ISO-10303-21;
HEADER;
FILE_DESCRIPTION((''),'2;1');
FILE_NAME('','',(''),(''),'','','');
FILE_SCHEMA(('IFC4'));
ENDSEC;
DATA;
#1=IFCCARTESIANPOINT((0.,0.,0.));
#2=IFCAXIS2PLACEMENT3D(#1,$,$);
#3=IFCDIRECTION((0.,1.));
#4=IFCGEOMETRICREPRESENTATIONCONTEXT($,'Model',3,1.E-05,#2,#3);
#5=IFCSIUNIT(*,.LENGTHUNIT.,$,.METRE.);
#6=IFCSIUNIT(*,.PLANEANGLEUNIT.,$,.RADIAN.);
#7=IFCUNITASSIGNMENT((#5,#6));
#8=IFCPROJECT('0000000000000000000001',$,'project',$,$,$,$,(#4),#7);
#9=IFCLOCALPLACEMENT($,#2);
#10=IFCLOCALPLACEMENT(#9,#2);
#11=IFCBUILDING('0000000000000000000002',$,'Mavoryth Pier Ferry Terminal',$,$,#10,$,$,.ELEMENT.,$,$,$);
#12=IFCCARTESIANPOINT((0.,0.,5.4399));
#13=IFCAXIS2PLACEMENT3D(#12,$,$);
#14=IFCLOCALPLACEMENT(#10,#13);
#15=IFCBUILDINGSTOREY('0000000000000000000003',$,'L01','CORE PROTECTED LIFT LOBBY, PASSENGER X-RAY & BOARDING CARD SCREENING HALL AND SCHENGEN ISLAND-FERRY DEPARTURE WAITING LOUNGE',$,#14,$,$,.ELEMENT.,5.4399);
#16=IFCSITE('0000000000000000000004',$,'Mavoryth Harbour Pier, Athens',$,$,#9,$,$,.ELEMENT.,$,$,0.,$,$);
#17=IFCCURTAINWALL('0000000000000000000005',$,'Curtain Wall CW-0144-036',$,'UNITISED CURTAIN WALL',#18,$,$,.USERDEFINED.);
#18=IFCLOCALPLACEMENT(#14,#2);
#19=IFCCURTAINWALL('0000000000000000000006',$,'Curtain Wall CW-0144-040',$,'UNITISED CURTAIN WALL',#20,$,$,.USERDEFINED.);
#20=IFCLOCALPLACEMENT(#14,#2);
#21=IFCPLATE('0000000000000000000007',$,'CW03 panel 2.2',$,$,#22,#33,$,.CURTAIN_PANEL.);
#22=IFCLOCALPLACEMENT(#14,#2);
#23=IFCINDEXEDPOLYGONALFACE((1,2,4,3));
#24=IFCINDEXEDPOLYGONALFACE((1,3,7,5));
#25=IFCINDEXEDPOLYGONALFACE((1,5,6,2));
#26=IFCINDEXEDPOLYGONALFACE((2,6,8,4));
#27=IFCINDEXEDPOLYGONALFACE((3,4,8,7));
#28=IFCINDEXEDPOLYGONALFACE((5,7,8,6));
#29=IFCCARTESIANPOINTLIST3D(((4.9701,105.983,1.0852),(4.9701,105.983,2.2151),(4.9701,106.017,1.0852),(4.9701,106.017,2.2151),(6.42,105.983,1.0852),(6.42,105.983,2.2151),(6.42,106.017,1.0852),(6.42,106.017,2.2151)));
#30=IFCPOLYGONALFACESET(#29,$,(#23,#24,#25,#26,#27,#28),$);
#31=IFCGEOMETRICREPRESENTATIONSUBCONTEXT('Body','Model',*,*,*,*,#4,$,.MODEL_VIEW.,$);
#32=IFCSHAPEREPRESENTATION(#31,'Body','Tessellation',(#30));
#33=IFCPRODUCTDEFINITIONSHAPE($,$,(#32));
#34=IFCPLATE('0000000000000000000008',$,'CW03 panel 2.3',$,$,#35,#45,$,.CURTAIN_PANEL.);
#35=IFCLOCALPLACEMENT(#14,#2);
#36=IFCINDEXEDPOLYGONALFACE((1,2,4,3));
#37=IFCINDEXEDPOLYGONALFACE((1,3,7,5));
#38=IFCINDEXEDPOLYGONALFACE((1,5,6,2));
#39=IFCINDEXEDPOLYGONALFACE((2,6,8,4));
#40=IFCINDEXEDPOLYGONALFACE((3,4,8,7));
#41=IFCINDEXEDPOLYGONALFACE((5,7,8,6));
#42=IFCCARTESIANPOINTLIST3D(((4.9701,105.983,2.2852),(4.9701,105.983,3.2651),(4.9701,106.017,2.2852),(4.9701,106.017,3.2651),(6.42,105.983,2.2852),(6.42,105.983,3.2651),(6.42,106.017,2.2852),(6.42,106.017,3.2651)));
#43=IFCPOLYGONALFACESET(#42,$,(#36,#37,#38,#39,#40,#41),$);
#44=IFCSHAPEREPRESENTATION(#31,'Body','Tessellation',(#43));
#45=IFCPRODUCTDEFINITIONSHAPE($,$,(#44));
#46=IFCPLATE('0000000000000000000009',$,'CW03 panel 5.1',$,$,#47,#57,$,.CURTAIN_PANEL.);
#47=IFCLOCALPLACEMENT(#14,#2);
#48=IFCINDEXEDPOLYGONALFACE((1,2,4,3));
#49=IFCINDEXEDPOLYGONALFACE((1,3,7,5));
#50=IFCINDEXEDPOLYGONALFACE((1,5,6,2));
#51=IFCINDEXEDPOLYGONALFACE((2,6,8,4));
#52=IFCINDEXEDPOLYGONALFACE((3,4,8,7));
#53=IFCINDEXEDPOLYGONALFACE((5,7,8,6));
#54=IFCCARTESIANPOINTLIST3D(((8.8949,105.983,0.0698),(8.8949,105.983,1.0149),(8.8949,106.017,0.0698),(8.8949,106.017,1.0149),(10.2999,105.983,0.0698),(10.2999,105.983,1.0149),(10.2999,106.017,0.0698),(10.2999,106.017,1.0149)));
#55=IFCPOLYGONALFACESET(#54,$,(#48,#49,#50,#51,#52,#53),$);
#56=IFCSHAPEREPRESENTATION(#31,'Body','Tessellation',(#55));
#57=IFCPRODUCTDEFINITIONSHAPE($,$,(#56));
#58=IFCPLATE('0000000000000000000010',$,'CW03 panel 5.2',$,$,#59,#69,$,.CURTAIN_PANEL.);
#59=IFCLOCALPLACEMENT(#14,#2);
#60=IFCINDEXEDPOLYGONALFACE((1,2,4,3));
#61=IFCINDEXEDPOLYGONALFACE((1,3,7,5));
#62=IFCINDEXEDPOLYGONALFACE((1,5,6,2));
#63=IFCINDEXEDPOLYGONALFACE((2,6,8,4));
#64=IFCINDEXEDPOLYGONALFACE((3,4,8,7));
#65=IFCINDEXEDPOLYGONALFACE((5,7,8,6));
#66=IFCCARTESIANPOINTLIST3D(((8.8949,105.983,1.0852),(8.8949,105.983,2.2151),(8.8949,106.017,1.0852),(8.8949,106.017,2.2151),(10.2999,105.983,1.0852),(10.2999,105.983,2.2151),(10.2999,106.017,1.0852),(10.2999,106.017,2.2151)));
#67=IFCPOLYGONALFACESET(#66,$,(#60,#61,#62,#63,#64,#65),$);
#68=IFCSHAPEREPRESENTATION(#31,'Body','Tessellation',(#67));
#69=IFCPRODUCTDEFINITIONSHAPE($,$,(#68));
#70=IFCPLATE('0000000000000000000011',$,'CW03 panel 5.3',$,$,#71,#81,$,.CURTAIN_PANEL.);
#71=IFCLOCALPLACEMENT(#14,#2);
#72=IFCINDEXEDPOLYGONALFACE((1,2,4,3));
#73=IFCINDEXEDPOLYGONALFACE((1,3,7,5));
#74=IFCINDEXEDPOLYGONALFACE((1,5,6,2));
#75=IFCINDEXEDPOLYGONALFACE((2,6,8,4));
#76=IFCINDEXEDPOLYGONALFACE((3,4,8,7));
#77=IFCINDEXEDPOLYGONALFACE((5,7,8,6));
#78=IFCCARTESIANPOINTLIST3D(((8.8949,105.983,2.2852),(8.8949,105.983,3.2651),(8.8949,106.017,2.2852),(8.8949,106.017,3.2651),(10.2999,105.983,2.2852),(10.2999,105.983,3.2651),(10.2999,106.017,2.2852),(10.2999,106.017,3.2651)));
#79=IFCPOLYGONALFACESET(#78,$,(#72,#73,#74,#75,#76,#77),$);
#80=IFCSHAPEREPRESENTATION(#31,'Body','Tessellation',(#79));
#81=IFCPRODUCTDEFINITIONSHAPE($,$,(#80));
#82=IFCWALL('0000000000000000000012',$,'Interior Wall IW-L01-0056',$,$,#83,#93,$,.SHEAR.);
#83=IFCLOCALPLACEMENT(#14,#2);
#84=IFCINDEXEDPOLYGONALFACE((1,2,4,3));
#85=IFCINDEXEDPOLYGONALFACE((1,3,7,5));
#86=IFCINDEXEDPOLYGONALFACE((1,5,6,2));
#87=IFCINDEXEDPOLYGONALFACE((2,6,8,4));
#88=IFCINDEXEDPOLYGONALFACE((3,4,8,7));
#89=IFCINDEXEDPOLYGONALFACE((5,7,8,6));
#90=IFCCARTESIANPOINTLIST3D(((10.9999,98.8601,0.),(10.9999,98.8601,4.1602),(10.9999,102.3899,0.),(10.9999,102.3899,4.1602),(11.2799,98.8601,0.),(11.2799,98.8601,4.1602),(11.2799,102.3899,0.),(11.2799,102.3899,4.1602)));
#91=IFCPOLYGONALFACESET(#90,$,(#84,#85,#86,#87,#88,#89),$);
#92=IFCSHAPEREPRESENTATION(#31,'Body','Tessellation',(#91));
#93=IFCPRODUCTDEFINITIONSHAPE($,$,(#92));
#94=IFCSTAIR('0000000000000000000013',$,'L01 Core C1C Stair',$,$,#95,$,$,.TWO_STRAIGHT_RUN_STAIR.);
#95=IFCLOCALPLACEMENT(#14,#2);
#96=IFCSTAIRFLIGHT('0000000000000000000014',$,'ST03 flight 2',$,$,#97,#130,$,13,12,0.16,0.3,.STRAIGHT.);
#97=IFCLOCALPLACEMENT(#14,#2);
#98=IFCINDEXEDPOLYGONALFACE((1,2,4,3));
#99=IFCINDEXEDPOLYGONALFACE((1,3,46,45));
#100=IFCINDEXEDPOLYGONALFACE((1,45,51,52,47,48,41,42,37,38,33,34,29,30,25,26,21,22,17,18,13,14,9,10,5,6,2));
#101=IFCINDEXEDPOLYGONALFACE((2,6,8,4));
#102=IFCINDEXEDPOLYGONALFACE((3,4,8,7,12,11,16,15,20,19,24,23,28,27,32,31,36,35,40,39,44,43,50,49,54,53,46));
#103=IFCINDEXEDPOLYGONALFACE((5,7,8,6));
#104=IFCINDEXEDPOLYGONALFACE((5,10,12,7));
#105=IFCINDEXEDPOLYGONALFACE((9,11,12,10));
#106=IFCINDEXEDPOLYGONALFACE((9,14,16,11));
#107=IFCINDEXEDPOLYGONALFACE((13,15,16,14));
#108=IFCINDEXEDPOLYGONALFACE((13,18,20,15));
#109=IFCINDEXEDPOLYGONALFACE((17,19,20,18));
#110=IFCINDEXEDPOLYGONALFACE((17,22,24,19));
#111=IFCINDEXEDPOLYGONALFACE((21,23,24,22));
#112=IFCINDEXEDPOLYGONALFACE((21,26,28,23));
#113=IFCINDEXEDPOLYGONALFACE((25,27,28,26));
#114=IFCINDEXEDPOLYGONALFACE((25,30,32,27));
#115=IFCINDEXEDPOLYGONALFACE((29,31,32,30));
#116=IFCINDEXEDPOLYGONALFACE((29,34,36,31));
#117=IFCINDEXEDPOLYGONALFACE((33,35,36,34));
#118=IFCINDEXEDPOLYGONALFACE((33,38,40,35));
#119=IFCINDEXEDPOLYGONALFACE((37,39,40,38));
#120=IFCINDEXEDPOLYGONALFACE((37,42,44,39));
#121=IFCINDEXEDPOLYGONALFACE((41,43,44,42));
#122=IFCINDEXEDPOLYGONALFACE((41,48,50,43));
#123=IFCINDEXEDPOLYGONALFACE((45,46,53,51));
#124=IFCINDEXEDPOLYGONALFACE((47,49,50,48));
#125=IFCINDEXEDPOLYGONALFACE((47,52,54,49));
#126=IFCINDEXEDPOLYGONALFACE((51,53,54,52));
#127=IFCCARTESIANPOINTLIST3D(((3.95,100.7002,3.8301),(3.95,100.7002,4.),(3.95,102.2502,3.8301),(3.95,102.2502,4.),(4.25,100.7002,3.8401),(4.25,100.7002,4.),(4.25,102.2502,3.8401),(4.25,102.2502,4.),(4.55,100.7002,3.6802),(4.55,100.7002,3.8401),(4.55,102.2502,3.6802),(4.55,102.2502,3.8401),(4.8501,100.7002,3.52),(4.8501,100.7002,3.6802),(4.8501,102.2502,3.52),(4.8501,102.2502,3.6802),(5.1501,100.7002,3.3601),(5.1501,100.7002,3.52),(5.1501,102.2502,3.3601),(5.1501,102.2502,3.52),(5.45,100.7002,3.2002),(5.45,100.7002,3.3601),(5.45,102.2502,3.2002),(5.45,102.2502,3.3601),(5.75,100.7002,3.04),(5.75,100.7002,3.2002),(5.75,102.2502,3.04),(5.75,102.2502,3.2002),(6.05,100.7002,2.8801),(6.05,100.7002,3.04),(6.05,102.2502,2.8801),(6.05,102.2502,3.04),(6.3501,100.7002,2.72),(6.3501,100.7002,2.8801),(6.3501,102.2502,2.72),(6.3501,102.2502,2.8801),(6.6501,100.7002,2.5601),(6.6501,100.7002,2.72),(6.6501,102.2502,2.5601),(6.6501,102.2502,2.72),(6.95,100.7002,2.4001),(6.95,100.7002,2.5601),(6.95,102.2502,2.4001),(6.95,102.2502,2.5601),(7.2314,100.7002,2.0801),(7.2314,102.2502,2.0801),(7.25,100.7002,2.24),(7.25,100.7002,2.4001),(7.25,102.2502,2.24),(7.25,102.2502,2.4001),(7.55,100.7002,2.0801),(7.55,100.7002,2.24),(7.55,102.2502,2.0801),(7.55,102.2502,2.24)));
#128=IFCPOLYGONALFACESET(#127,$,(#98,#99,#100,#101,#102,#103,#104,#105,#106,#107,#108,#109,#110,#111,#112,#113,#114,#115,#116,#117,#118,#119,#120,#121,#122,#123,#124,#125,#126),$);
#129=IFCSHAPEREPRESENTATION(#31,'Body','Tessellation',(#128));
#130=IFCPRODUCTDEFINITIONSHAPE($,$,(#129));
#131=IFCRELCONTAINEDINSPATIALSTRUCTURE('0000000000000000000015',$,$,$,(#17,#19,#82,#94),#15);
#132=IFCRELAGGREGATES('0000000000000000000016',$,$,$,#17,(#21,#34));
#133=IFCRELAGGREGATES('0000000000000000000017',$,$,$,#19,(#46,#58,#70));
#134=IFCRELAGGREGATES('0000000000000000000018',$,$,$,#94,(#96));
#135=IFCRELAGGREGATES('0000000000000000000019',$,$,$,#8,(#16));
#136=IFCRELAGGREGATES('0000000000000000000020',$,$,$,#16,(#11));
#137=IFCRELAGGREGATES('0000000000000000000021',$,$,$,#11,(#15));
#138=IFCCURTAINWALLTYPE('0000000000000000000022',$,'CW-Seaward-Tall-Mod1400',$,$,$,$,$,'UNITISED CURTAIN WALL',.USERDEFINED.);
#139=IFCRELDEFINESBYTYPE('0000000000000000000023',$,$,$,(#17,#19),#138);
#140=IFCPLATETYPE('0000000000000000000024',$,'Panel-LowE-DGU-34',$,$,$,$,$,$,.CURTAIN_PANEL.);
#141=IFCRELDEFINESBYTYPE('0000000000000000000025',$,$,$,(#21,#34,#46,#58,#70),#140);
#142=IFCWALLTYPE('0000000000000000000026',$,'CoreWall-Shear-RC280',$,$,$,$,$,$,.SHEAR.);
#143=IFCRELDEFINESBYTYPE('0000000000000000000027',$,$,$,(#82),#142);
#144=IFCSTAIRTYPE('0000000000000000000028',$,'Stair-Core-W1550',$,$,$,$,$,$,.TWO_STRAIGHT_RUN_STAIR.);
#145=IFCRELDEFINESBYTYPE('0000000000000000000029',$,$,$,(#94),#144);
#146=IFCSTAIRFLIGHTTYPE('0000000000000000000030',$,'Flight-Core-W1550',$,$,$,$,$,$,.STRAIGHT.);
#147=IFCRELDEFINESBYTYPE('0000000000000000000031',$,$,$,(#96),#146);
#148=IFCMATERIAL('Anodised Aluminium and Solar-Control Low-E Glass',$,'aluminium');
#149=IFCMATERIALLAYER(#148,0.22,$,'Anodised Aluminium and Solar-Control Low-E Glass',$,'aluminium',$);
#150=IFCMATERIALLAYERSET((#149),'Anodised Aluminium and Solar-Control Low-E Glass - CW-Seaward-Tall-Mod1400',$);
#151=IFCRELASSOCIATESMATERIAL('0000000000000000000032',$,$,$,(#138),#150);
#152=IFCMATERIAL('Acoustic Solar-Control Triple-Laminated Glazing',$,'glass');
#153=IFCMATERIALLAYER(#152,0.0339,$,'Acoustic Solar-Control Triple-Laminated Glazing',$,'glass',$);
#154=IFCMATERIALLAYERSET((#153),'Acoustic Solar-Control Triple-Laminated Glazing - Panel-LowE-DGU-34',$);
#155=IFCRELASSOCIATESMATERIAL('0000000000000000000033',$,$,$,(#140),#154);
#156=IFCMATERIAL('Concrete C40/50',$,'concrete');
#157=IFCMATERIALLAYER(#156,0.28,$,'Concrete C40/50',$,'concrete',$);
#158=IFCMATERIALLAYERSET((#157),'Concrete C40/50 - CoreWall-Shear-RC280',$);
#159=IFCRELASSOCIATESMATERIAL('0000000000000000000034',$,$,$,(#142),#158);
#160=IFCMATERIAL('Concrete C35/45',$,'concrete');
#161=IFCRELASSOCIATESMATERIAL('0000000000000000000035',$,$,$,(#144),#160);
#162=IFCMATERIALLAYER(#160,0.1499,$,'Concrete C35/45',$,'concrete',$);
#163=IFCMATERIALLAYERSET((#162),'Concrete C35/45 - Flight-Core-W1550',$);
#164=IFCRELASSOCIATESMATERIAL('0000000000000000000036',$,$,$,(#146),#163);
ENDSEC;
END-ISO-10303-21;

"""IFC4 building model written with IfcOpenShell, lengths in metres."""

from ifc_helpers import new_model, si_unit, direction, frame, frame_2d, origin, origin_2d, place, context, subcontext, project, spatial, polyline, rectangle, outline, extrude, material, layer, layer_set, type_object, element, aggregate, save


model = new_model("IFC4")

# Units and contexts
model_context = context("Model", 3, precision=1e-05, world=origin(), true_north=direction((0.0, 1.0)))
body_context = subcontext(model_context, "Body", "Model", "MODEL_VIEW")
ifc_project = project(units=[si_unit("LENGTHUNIT", "METRE"), si_unit("PLANEANGLEUNIT", "RADIAN")], contexts=[model_context])

# Site, building, storey
site_placement = place(None, origin())
site = spatial("IfcSite", under=ifc_project, at=site_placement, Name="Mavoryth Harbour Pier, Athens", CompositionType="ELEMENT", RefElevation=0.0)
building_placement = place(site_placement, origin())
building = spatial("IfcBuilding", under=site, at=building_placement, Name="Mavoryth Pier Ferry Terminal", CompositionType="ELEMENT")
storey_placement = place(building_placement, frame((0.0, 0.0, 5.4399)))
storey = spatial("IfcBuildingStorey", under=building, at=storey_placement, Name="L01", Description="CORE PROTECTED LIFT LOBBY, PASSENGER X-RAY & BOARDING CARD SCREENING HALL AND SCHENGEN ISLAND-FERRY DEPARTURE WAITING LOUNGE", CompositionType="ELEMENT", Elevation=5.4399)

# Shared definitions
ifc_material_1 = material(Name="Concrete C40/50", Category="concrete")

# Curtain wall
ifc_material_2 = material(Name="Anodised Aluminium and Solar-Control Low-E Glass", Category="aluminium")
ifc_layer_1 = layer(ifc_material_2, 0.22, Name="Anodised Aluminium and Solar-Control Low-E Glass", Category="aluminium")
ifc_layer_set_1 = layer_set([ifc_layer_1], Name="Anodised Aluminium and Solar-Control Low-E Glass - CW-Seaward-Tall-Mod1400")
curtain_wall_type = type_object("IfcCurtainWallType", Name="CW-Seaward-Tall-Mod1400", ElementType="UNITISED CURTAIN WALL", PredefinedType="USERDEFINED", material=ifc_layer_set_1)
curtain_wall_1_placement = place(storey_placement, origin())
curtain_wall_1 = element("IfcCurtainWall", 1, at=curtain_wall_1_placement, inside=storey, type_object=curtain_wall_type, Name="Curtain Wall CW-0144-036", ObjectType="UNITISED CURTAIN WALL", PredefinedType="USERDEFINED")

# Curtain wall
curtain_wall_2_placement = place(storey_placement, origin())
curtain_wall_2 = element("IfcCurtainWall", 2, at=curtain_wall_2_placement, inside=storey, type_object=curtain_wall_type, Name="Curtain Wall CW-0144-040", ObjectType="UNITISED CURTAIN WALL", PredefinedType="USERDEFINED")

# Plates
ifc_material_3 = material(Name="Acoustic Solar-Control Triple-Laminated Glazing", Category="glass")
ifc_layer_2 = layer(ifc_material_3, 0.0339, Name="Acoustic Solar-Control Triple-Laminated Glazing", Category="glass")
ifc_layer_set_2 = layer_set([ifc_layer_2], Name="Acoustic Solar-Control Triple-Laminated Glazing - Panel-LowE-DGU-34")
plate_type = type_object("IfcPlateType", Name="Panel-LowE-DGU-34", PredefinedType="CURTAIN_PANEL", material=ifc_layer_set_2)
plate_1_placement = place(storey_placement, frame((5.6951, 106.0, 1.0852), z_axis=(0.0, 0.0, 1.0), x_axis=(-1.0, 0.0, 0.0)))
plate_1 = element("IfcPlate", 3, at=plate_1_placement, type_object=plate_type, Name="CW03 panel 2.2", PredefinedType="CURTAIN_PANEL", context=body_context, shape_type="SweptSolid", body=[
    extrude(rectangle(XDim=1.45, YDim=0.0339, at=origin_2d()), origin(), (0.0, 0.0, 1.0), 1.1299),
])
plate_2_placement = place(storey_placement, frame((5.6951, 106.0, 2.2852), z_axis=(0.0, 0.0, 1.0), x_axis=(-1.0, 0.0, 0.0)))
plate_2 = element("IfcPlate", 4, at=plate_2_placement, type_object=plate_type, Name="CW03 panel 2.3", PredefinedType="CURTAIN_PANEL", context=body_context, shape_type="SweptSolid", body=[
    extrude(rectangle(XDim=1.45, YDim=0.0339, at=origin_2d()), origin(), (0.0, 0.0, 1.0), 0.98),
])
aggregate(curtain_wall_1, [plate_1, plate_2])
plate_3_placement = place(storey_placement, frame((9.5974, 106.0, 0.0698), z_axis=(0.0, 0.0, 1.0), x_axis=(-1.0, 0.0, 0.0)))
plate_3 = element("IfcPlate", 5, at=plate_3_placement, type_object=plate_type, Name="CW03 panel 5.1", PredefinedType="CURTAIN_PANEL", context=body_context, shape_type="SweptSolid", body=[
    extrude(rectangle(XDim=1.405, YDim=0.0339, at=origin_2d()), origin(), (0.0, 0.0, 1.0), 0.9451),
])
plate_4_placement = place(storey_placement, frame((9.5974, 106.0, 1.0852), z_axis=(0.0, 0.0, 1.0), x_axis=(-1.0, 0.0, 0.0)))
plate_4 = element("IfcPlate", 6, at=plate_4_placement, type_object=plate_type, Name="CW03 panel 5.2", PredefinedType="CURTAIN_PANEL", context=body_context, shape_type="SweptSolid", body=[
    extrude(rectangle(XDim=1.405, YDim=0.0339, at=origin_2d()), origin(), (0.0, 0.0, 1.0), 1.1299),
])
plate_5_placement = place(storey_placement, frame((9.5974, 106.0, 2.2852), z_axis=(0.0, 0.0, 1.0), x_axis=(-1.0, 0.0, 0.0)))
plate_5 = element("IfcPlate", 7, at=plate_5_placement, type_object=plate_type, Name="CW03 panel 5.3", PredefinedType="CURTAIN_PANEL", context=body_context, shape_type="SweptSolid", body=[
    extrude(rectangle(XDim=1.405, YDim=0.0339, at=origin_2d()), origin(), (0.0, 0.0, 1.0), 0.98),
])
aggregate(curtain_wall_2, [plate_3, plate_4, plate_5])

# Wall
ifc_layer_3 = layer(ifc_material_1, 0.28, Name="Concrete C40/50", Category="concrete")
ifc_layer_set_3 = layer_set([ifc_layer_3], Name="Concrete C40/50 - CoreWall-Shear-RC280")
wall_type = type_object("IfcWallType", Name="CoreWall-Shear-RC280", PredefinedType="SHEAR", material=ifc_layer_set_3)
wall_placement = place(storey_placement, frame((11.1399, 98.8601, 0.0), z_axis=(0.0, 0.0, 1.0), x_axis=(0.0, 1.0, 0.0)))
element("IfcWall", 8, at=wall_placement, inside=storey, type_object=wall_type, Name="Interior Wall IW-L01-0056", PredefinedType="SHEAR", context=body_context, shape_type="SweptSolid", body=[
    extrude(rectangle(XDim=3.5298, YDim=0.28, at=frame_2d((1.7649, 0.0))), origin(), (0.0, 0.0, 1.0), 4.1602),
])

# Stair, stair flight
ifc_material_4 = material(Name="Concrete C35/45", Category="concrete")
stair_type = type_object("IfcStairType", Name="Stair-Core-W1550", PredefinedType="TWO_STRAIGHT_RUN_STAIR", material=ifc_material_4)
stair_placement = place(storey_placement, origin())
stair = element("IfcStair", 9, at=stair_placement, inside=storey, type_object=stair_type, Name="L01 Core C1C Stair", PredefinedType="TWO_STRAIGHT_RUN_STAIR")
ifc_layer_4 = layer(ifc_material_4, 0.1499, Name="Concrete C35/45", Category="concrete")
ifc_layer_set_4 = layer_set([ifc_layer_4], Name="Concrete C35/45 - Flight-Core-W1550")
stair_flight_type = type_object("IfcStairFlightType", Name="Flight-Core-W1550", PredefinedType="STRAIGHT", material=ifc_layer_set_4)
stair_flight_placement = place(storey_placement, frame((7.55, 101.4751, 2.0801), z_axis=(0.0, 0.0, 1.0), x_axis=(-1.0, 0.0, 0.0)))
stair_flight = element("IfcStairFlight", 10, at=stair_flight_placement, type_object=stair_flight_type, Name="ST03 flight 2", NumberOfRisers=13, NumberOfTreads=12, PredefinedType="STRAIGHT", RiserHeight=0.16, TreadLength=0.3, context=body_context, shape_type="SweptSolid", body=[
    extrude(outline(polyline([(0.0, 0.0), (0.0, 0.1599), (0.3, 0.1599), (0.3, 0.3201), (0.6001, 0.3201), (0.6001, 0.48), (0.8999, 0.48), (0.8999, 0.6399), (1.2, 0.6399), (1.2, 0.8), (1.5, 0.8), (1.5, 0.96), (1.8, 0.96), (1.8, 1.1201), (2.1001, 1.1201), (2.1001, 1.28), (2.3999, 1.28), (2.3999, 1.4399), (2.7, 1.4399), (2.7, 1.6001), (3.0, 1.6001), (3.0, 1.76), (3.3, 1.76), (3.3, 1.9199), (3.6001, 1.9199), (3.6001, 2.0801), (3.6001, 1.75), (0.3186, 0.0), (0.0, 0.0)])), frame((0.0, 0.7749, 0.0), z_axis=(0.0, -1.0, 0.0), x_axis=(1.0, 0.0, 0.0)), (0.0, 0.0, 1.0), 1.55),
])
aggregate(stair, [stair_flight])

save(model, "model.ifc")
